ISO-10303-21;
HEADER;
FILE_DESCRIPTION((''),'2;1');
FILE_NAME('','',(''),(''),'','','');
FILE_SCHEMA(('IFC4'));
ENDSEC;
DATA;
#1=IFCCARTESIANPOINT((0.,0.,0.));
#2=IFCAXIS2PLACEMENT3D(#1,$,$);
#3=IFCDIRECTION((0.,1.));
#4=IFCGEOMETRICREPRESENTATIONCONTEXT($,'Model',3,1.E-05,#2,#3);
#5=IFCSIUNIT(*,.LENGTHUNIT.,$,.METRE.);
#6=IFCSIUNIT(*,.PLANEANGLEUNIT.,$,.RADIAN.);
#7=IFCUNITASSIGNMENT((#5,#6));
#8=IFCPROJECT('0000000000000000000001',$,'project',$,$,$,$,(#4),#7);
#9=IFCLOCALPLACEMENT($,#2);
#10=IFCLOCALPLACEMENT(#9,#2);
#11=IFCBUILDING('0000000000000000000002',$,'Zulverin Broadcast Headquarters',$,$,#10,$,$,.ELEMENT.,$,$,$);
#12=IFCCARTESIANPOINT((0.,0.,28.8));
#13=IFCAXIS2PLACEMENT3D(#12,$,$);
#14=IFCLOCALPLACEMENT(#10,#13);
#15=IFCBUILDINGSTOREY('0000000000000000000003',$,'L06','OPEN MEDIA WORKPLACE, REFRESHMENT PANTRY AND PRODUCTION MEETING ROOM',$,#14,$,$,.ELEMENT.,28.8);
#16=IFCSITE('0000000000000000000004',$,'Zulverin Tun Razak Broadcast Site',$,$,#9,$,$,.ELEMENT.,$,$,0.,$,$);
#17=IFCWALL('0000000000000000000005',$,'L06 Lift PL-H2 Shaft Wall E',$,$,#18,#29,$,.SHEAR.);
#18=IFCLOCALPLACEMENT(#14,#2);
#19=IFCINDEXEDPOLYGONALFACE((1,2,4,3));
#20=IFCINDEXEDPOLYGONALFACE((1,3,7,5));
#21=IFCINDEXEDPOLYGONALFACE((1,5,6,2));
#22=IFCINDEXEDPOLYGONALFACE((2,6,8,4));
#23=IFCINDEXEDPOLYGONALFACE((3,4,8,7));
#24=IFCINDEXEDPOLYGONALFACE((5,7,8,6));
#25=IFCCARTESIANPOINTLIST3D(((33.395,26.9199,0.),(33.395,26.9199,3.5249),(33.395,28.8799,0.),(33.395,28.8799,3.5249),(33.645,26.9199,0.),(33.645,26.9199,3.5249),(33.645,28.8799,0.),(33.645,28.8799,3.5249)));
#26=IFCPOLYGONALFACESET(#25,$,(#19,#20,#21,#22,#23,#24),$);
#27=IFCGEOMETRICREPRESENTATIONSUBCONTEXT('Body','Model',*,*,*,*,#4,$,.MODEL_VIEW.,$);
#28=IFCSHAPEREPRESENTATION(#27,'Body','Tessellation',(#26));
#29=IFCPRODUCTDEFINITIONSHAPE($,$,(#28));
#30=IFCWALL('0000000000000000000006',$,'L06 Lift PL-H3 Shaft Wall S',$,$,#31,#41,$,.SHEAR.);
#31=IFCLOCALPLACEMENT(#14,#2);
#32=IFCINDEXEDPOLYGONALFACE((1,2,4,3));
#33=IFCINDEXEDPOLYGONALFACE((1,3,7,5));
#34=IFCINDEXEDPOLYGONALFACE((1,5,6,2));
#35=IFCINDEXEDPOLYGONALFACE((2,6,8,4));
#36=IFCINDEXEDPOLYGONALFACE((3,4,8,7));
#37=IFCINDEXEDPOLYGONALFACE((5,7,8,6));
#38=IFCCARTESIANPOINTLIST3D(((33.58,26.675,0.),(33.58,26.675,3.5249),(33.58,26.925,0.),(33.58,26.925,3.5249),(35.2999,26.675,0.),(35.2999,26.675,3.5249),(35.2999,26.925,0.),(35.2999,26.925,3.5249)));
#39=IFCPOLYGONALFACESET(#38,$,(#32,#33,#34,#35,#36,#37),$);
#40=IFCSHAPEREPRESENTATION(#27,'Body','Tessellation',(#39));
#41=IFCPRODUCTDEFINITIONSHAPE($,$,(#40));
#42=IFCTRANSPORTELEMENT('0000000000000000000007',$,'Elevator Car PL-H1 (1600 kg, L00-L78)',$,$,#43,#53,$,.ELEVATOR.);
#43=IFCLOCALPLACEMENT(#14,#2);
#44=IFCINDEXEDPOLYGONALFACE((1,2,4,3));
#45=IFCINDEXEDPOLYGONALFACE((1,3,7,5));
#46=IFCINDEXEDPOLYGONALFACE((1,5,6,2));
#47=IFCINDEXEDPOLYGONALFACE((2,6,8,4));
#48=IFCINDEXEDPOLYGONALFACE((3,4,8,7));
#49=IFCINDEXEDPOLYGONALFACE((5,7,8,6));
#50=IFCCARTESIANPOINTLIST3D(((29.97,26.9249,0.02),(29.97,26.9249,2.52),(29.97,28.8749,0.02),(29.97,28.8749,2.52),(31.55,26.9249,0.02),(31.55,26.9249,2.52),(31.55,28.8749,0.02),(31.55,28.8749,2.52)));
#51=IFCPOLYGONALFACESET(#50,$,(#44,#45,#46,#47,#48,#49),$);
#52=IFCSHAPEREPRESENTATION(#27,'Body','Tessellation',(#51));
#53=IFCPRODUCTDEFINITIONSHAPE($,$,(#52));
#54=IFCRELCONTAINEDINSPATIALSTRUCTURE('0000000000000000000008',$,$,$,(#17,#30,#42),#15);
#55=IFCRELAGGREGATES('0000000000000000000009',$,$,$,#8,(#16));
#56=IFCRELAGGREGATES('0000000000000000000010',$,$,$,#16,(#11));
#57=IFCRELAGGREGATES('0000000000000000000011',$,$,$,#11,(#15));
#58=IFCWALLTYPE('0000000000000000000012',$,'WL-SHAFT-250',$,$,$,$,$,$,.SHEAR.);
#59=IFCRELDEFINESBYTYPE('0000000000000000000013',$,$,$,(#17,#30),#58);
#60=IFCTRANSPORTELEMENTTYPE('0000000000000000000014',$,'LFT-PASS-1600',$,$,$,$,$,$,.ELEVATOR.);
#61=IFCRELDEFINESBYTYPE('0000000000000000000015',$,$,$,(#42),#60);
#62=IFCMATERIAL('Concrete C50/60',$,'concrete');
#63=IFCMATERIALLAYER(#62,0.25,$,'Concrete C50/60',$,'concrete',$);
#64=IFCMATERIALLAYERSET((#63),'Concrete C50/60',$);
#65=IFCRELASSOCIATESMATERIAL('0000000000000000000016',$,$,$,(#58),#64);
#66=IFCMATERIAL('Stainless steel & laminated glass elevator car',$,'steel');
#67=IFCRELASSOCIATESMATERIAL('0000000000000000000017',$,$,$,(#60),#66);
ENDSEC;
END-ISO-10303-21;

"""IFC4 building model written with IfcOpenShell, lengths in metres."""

from ifc_helpers import new_model, si_unit, direction, frame, frame_2d, origin, origin_2d, place, context, subcontext, project, spatial, rectangle, extrude, material, layer, layer_set, type_object, element, save


model = new_model("IFC4")

# Units and contexts
model_context = context("Model", 3, precision=1e-05, world=origin(), true_north=direction((0.0, 1.0)))
body_context = subcontext(model_context, "Body", "Model", "MODEL_VIEW")
ifc_project = project(units=[si_unit("LENGTHUNIT", "METRE"), si_unit("PLANEANGLEUNIT", "RADIAN")], contexts=[model_context])

# Site, building, storey
site_placement = place(None, origin())
site = spatial("IfcSite", under=ifc_project, at=site_placement, Name="Zulverin Tun Razak Broadcast Site", CompositionType="ELEMENT", RefElevation=0.0)
building_placement = place(site_placement, origin())
building = spatial("IfcBuilding", under=site, at=building_placement, Name="Zulverin Broadcast Headquarters", CompositionType="ELEMENT")
storey_placement = place(building_placement, frame((0.0, 0.0, 28.8)))
storey = spatial("IfcBuildingStorey", under=building, at=storey_placement, Name="L06", Description="OPEN MEDIA WORKPLACE, REFRESHMENT PANTRY AND PRODUCTION MEETING ROOM", CompositionType="ELEMENT", Elevation=28.8)

# Walls
ifc_material_1 = material(Name="Concrete C50/60", Category="concrete")
ifc_layer_1 = layer(ifc_material_1, 0.25, Name="Concrete C50/60", Category="concrete")
ifc_layer_set_1 = layer_set([ifc_layer_1], Name="Concrete C50/60")
wall_type_1 = type_object("IfcWallType", Name="WL-SHAFT-250", PredefinedType="SHEAR", material=ifc_layer_set_1)
wall_1_placement = place(storey_placement, frame((33.52, 26.9199, 0.0), z_axis=(0.0, 0.0, 1.0), x_axis=(0.0, 1.0, 0.0)))
element("IfcWall", 1, at=wall_1_placement, inside=storey, type_object=wall_type_1, Name="L06 Lift PL-H2 Shaft Wall E", PredefinedType="SHEAR", context=body_context, shape_type="SweptSolid", body=[
    extrude(rectangle(XDim=1.96, YDim=0.25, at=frame_2d((0.98, 0.0))), origin(), (0.0, 0.0, 1.0), 3.5249),
])
wall_2_placement = place(storey_placement, frame((33.5801, 26.8, 0.0), z_axis=(0.0, 0.0, 1.0), x_axis=(1.0, 0.0, 0.0)))
element("IfcWall", 2, at=wall_2_placement, inside=storey, type_object=wall_type_1, Name="L06 Lift PL-H3 Shaft Wall S", PredefinedType="SHEAR", context=body_context, shape_type="SweptSolid", body=[
    extrude(rectangle(XDim=1.72, YDim=0.25, at=frame_2d((0.8599, 0.0))), origin(), (0.0, 0.0, 1.0), 3.5249),
])

# Transport element
ifc_material_2 = material(Name="Stainless steel & laminated glass elevator car", Category="steel")
transport_element_type = type_object("IfcTransportElementType", Name="LFT-PASS-1600", PredefinedType="ELEVATOR", material=ifc_material_2)
transport_element_placement = place(storey_placement, frame((30.76, 27.8999, 0.02), z_axis=(0.0, 0.0, 1.0), x_axis=(1.0, 0.0, 0.0)))
element("IfcTransportElement", 3, at=transport_element_placement, inside=storey, type_object=transport_element_type, Name="Elevator Car PL-H1 (1600 kg, L00-L78)", PredefinedType="ELEVATOR", context=body_context, shape_type="SweptSolid", body=[
    extrude(rectangle(XDim=1.5801, YDim=1.95, at=origin_2d()), origin(), (0.0, 0.0, 1.0), 2.5),
])

save(model, "model.ifc")
